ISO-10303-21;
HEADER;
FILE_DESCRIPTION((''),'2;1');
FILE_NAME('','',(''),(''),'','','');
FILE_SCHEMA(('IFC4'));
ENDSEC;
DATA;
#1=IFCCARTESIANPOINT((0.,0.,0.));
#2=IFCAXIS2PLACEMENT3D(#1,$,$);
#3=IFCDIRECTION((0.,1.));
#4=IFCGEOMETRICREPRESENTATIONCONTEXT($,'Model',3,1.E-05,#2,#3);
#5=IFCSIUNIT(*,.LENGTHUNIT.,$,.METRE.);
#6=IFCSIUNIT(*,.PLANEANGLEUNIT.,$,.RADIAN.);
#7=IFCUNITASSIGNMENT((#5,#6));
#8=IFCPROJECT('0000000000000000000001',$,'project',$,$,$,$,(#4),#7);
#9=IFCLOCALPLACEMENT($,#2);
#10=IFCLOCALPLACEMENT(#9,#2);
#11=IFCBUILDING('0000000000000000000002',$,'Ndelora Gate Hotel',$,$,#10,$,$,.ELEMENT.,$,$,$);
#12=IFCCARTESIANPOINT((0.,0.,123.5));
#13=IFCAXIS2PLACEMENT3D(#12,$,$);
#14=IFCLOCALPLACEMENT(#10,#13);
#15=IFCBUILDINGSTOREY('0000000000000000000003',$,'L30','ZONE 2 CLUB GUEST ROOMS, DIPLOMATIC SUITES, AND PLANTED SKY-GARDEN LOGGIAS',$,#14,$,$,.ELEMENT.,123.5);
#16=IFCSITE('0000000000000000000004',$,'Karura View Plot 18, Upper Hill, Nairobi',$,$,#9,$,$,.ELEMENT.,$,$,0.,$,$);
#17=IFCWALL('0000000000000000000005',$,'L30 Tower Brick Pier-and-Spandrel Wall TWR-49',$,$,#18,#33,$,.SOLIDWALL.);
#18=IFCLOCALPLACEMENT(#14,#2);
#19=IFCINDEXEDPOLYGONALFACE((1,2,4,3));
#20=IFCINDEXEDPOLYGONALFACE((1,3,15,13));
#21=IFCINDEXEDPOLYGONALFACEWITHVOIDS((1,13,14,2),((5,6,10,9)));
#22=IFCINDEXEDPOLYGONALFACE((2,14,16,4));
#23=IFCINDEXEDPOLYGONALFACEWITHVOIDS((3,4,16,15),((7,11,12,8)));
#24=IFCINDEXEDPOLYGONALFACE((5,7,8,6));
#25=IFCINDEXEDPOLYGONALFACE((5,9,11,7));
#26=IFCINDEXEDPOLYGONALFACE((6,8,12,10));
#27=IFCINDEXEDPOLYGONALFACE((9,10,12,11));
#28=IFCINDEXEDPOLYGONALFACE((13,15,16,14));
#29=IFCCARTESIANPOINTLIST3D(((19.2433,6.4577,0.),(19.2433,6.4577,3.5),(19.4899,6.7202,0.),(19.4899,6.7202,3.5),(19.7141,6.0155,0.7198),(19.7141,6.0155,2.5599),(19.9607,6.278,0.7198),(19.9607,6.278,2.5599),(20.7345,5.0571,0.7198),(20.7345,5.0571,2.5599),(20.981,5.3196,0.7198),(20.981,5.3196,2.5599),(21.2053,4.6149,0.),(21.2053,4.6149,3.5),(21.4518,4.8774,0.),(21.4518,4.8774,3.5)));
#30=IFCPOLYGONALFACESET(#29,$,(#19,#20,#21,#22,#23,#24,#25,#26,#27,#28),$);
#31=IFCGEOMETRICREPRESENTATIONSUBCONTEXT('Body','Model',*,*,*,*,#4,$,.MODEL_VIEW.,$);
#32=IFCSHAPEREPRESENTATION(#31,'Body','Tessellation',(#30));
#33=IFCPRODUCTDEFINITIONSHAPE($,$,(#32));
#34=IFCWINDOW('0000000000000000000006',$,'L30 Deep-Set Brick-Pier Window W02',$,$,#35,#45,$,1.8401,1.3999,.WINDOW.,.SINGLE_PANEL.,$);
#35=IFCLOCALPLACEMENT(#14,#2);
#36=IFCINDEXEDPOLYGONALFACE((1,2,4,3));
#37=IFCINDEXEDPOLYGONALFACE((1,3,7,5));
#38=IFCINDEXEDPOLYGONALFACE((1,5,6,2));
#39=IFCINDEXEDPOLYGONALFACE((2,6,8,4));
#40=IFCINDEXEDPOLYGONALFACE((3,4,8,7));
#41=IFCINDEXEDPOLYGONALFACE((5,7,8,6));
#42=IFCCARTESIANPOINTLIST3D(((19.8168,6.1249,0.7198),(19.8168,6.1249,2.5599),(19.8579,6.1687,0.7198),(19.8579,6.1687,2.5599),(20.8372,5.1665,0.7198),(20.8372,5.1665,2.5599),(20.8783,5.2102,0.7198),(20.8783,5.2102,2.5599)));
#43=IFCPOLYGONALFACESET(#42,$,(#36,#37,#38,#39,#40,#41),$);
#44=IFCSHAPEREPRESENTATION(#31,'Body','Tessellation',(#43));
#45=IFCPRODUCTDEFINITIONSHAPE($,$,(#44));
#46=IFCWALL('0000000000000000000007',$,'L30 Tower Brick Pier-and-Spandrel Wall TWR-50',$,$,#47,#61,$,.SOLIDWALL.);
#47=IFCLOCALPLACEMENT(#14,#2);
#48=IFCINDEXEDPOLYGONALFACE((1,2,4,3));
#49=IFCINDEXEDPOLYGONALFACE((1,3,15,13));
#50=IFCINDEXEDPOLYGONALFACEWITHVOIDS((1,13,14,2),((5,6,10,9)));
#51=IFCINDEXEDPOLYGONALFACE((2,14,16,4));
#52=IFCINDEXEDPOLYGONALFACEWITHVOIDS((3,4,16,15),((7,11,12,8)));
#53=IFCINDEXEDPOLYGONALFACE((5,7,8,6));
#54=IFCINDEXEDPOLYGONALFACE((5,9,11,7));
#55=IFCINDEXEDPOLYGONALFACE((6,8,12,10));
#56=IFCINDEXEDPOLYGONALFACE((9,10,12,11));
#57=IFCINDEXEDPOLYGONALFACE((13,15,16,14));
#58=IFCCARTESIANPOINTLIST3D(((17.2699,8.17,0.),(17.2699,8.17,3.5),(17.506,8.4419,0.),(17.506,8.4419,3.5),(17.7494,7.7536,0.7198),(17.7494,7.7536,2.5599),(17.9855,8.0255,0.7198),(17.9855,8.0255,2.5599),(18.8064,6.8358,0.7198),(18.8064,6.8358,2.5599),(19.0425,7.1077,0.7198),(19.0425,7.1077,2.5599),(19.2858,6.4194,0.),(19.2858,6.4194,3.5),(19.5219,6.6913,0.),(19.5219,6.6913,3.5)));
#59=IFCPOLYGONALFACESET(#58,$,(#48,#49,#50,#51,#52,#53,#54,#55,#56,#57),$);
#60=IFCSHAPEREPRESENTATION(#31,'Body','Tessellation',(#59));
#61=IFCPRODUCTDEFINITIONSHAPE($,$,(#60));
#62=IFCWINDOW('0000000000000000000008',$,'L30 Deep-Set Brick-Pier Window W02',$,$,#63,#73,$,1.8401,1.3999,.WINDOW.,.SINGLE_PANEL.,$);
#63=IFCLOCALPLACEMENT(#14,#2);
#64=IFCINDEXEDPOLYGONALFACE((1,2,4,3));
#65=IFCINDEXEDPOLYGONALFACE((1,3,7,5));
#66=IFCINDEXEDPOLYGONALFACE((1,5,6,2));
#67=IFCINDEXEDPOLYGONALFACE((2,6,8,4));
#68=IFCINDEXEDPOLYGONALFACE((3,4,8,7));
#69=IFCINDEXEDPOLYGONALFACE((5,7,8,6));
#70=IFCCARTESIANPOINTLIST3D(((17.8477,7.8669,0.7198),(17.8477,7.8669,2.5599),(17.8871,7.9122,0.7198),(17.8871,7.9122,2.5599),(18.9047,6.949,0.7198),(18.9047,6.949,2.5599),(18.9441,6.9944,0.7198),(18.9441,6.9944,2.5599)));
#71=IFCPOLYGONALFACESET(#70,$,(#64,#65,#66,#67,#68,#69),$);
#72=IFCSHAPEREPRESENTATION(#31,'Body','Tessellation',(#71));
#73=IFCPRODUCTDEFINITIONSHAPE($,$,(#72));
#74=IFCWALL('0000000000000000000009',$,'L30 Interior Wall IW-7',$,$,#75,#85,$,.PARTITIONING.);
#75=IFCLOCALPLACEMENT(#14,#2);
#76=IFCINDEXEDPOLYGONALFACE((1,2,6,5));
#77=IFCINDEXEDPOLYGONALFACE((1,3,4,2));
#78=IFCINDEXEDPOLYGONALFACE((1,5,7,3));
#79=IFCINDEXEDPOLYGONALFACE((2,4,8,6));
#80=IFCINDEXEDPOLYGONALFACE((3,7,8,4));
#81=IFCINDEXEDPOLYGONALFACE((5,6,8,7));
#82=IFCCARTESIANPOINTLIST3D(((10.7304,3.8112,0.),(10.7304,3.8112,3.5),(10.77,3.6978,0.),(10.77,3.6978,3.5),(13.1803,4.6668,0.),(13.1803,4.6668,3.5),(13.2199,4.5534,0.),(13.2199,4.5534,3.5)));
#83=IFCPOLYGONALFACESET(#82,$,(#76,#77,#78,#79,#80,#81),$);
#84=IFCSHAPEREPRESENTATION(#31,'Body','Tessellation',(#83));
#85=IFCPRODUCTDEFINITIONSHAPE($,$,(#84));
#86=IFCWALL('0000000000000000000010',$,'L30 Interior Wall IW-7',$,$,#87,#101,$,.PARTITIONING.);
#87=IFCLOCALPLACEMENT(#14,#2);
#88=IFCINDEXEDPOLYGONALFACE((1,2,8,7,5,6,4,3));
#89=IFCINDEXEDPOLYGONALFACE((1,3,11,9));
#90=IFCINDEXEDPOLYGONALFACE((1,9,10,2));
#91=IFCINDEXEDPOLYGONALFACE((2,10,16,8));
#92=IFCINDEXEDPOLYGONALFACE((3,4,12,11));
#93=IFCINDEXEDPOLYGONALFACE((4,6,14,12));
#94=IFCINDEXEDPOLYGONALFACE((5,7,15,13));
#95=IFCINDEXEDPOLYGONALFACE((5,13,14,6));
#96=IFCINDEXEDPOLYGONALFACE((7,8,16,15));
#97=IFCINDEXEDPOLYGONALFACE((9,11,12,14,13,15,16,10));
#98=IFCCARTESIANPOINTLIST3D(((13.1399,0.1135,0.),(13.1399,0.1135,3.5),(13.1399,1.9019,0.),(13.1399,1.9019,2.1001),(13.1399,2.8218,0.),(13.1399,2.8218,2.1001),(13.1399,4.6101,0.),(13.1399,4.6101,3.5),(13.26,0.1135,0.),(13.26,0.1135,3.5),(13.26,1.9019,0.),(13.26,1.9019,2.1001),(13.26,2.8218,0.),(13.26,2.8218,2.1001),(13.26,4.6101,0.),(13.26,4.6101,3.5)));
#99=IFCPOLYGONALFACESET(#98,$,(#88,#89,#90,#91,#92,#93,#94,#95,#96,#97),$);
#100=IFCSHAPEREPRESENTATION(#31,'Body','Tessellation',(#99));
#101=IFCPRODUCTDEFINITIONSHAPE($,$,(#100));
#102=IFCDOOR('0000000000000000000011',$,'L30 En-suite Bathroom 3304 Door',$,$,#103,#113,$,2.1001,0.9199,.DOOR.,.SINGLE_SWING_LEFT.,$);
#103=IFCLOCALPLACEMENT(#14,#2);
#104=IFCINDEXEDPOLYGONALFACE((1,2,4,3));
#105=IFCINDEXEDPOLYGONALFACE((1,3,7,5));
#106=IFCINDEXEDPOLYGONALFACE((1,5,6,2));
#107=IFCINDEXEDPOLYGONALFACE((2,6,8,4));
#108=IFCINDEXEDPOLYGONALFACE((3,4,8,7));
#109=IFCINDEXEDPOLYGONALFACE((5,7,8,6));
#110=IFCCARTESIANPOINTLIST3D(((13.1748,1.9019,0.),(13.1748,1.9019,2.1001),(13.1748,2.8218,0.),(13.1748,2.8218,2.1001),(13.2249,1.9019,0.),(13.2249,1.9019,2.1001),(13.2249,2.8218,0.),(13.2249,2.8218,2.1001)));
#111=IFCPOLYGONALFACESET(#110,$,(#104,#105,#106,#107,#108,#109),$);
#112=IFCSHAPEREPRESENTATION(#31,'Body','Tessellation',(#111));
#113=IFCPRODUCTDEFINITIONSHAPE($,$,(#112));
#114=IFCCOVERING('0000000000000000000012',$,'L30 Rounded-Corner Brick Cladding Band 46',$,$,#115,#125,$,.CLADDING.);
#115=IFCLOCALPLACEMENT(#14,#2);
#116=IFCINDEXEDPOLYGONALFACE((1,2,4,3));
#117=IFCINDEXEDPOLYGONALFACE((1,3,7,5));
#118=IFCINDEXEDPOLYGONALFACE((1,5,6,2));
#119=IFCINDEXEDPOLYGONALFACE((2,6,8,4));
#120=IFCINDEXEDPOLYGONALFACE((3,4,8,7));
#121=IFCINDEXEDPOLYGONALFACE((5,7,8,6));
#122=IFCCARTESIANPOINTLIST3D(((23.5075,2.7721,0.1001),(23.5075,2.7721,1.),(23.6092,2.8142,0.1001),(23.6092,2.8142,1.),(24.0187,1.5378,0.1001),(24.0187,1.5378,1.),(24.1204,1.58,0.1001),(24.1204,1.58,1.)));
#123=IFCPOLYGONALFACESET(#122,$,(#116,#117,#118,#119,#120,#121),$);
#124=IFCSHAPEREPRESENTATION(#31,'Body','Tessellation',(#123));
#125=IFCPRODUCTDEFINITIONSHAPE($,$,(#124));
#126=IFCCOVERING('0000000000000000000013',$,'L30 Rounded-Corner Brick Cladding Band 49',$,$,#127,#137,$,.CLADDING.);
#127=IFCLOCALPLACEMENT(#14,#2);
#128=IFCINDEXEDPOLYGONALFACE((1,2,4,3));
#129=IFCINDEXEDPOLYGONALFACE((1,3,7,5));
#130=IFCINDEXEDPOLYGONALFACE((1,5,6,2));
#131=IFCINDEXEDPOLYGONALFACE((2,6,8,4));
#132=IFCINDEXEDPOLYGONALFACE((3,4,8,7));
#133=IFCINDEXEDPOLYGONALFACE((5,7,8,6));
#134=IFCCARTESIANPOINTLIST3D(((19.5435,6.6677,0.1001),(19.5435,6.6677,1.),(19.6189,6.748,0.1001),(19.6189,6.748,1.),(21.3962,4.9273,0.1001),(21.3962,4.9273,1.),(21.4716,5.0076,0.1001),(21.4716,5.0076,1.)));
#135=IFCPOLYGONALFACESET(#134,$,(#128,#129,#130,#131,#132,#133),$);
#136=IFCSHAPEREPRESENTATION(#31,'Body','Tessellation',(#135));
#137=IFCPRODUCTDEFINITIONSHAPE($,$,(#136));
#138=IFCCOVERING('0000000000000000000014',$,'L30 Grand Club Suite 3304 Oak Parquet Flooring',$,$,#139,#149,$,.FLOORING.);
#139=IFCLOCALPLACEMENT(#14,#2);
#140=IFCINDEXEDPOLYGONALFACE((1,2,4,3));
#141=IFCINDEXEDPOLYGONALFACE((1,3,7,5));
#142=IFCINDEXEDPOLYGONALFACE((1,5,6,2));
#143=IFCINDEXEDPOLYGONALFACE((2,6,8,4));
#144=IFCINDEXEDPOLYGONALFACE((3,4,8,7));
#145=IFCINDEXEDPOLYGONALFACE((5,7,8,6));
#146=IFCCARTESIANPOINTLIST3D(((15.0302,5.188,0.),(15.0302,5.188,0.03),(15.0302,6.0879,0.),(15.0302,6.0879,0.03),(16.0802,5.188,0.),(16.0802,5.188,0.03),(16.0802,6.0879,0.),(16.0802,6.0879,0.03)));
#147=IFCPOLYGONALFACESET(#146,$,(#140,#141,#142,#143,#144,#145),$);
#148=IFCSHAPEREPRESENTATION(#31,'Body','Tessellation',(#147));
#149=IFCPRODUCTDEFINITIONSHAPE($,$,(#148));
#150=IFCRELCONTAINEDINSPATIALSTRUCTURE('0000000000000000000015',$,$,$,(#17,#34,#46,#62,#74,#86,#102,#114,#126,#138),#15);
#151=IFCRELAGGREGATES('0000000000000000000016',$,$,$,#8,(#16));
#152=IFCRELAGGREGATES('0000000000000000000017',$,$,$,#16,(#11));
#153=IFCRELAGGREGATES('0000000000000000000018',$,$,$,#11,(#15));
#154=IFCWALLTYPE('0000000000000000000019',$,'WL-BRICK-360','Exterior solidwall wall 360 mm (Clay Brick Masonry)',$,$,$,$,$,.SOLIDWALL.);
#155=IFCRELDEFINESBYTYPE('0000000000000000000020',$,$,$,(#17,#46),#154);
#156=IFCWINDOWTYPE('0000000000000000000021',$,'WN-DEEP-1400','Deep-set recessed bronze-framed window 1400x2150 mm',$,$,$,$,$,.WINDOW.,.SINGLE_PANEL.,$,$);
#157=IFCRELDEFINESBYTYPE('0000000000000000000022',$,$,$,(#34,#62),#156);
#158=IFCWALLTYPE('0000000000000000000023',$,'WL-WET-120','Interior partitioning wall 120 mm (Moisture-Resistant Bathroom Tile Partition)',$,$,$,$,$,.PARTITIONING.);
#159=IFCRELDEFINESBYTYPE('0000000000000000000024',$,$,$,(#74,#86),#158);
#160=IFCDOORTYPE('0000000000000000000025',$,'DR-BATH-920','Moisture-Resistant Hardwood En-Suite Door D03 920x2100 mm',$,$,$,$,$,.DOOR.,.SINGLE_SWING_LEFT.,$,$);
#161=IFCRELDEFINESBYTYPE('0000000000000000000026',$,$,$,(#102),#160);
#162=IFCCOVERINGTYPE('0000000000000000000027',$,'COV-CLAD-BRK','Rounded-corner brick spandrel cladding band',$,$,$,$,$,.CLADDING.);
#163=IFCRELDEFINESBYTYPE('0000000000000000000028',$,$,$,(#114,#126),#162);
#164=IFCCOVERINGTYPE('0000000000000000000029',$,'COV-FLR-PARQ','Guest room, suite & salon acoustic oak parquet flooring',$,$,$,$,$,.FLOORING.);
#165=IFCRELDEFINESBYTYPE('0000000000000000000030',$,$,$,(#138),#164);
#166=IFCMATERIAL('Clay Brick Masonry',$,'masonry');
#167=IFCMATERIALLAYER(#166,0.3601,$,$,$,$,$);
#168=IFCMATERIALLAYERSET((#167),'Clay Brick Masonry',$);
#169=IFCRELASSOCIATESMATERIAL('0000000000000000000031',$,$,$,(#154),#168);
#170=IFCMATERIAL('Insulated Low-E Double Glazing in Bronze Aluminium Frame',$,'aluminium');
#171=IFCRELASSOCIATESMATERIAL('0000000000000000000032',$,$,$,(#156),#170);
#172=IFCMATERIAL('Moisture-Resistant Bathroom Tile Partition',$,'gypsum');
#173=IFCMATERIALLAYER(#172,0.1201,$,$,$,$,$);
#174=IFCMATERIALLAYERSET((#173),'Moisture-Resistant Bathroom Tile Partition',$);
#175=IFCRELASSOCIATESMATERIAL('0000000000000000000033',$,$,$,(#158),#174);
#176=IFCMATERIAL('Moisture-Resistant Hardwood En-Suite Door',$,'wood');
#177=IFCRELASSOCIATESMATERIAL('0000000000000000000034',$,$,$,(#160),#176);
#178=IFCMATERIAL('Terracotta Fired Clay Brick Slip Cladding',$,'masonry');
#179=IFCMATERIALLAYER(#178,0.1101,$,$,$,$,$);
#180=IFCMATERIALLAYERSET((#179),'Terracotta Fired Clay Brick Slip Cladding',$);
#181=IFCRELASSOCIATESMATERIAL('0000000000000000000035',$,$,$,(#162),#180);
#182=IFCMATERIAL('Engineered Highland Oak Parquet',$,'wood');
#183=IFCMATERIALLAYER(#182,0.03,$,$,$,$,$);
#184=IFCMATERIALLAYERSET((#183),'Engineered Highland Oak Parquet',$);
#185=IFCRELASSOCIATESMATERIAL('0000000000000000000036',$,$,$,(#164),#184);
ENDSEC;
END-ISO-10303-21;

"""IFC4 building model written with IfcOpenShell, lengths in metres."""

from ifc_helpers import new_model, si_unit, direction, frame, frame_2d, origin, origin_2d, place, context, subcontext, project, spatial, rectangle, extrude, material, layer, layer_set, type_object, element, fill, save


model = new_model("IFC4")

# Units and contexts
model_context = context("Model", 3, precision=1e-05, world=origin(), true_north=direction((0.0, 1.0)))
body_context = subcontext(model_context, "Body", "Model", "MODEL_VIEW")
ifc_project = project(units=[si_unit("LENGTHUNIT", "METRE"), si_unit("PLANEANGLEUNIT", "RADIAN")], contexts=[model_context])

# Site, building, storey
site_placement = place(None, origin())
site = spatial("IfcSite", under=ifc_project, at=site_placement, Name="Karura View Plot 18, Upper Hill, Nairobi", CompositionType="ELEMENT", RefElevation=0.0)
building_placement = place(site_placement, origin())
building = spatial("IfcBuilding", under=site, at=building_placement, Name="Ndelora Gate Hotel", CompositionType="ELEMENT")
storey_placement = place(building_placement, frame((0.0, 0.0, 123.5)))
storey = spatial("IfcBuildingStorey", under=building, at=storey_placement, Name="L30", Description="ZONE 2 CLUB GUEST ROOMS, DIPLOMATIC SUITES, AND PLANTED SKY-GARDEN LOGGIAS", CompositionType="ELEMENT", Elevation=123.5)

# Shared definitions
ifc_material_1 = material(Name="Clay Brick Masonry", Category="masonry")
ifc_layer_1 = layer(ifc_material_1, 0.3601)
ifc_layer_set_1 = layer_set([ifc_layer_1], Name="Clay Brick Masonry")
wall_type_1 = type_object("IfcWallType", Name="WL-BRICK-360", Description="Exterior solidwall wall 360 mm (Clay Brick Masonry)", PredefinedType="SOLIDWALL", material=ifc_layer_set_1)

# Walls, openings, windows
wall_1_placement = place(storey_placement, frame((19.3667, 6.5889, 0.0), z_axis=(0.0, 0.0, 1.0), x_axis=(0.728892, -0.684629, 0.0)))
wall_1 = element("IfcWall", 1, at=wall_1_placement, inside=storey, type_object=wall_type_1, Name="L30 Tower Brick Pier-and-Spandrel Wall TWR-49", PredefinedType="SOLIDWALL", context=body_context, shape_type="SweptSolid", body=[
    extrude(rectangle(XDim=2.6917, YDim=0.3601, at=frame_2d((1.3457, 0.0))), origin(), (0.0, 0.0, 1.0), 3.5),
])
opening_1_placement = place(wall_1_placement, frame((0.6458, 0.0, 0.72)))
opening_1 = element("IfcOpeningElement", 2, at=opening_1_placement, cuts=wall_1, PredefinedType="OPENING", context=body_context, shape_type="SweptSolid", body=[
    extrude(rectangle(XDim=1.3999, YDim=1.8401, at=frame_2d((0.7, 0.9199))), frame((0.0, 0.1899, 0.0), z_axis=(0.0, -1.0, 0.0), x_axis=(1.0, 0.0, 0.0)), (0.0, 0.0, 1.0), 0.3801),
])
ifc_material_2 = material(Name="Insulated Low-E Double Glazing in Bronze Aluminium Frame", Category="aluminium")
window_type = type_object("IfcWindowType", Name="WN-DEEP-1400", Description="Deep-set recessed bronze-framed window 1400x2150 mm", PartitioningType="SINGLE_PANEL", PredefinedType="WINDOW", material=ifc_material_2)
window_1_placement = place(opening_1_placement, origin())
window_1 = element("IfcWindow", 3, at=window_1_placement, inside=storey, type_object=window_type, Name="L30 Deep-Set Brick-Pier Window W02", OverallHeight=1.8401, OverallWidth=1.3999, PartitioningType="SINGLE_PANEL", PredefinedType="WINDOW", context=body_context, shape_type="SweptSolid", body=[
    extrude(rectangle(XDim=1.3999, YDim=1.8401, at=frame_2d((0.7, 0.9199))), frame((0.0, 0.03, 0.0), z_axis=(0.0, -1.0, 0.0), x_axis=(1.0, 0.0, 0.0)), (0.0, 0.0, 1.0), 0.0601),
])
fill(opening_1, window_1)
wall_2_placement = place(storey_placement, frame((17.3879, 8.3059, 0.0), z_axis=(0.0, 0.0, 1.0), x_axis=(0.755058, -0.655658, 0.0)))
wall_2 = element("IfcWall", 4, at=wall_2_placement, inside=storey, type_object=wall_type_1, Name="L30 Tower Brick Pier-and-Spandrel Wall TWR-50", PredefinedType="SOLIDWALL", context=body_context, shape_type="SweptSolid", body=[
    extrude(rectangle(XDim=2.6699, YDim=0.3601, at=frame_2d((1.335, 0.0))), origin(), (0.0, 0.0, 1.0), 3.5),
])
opening_2_placement = place(wall_2_placement, frame((0.635, 0.0, 0.72)))
opening_2 = element("IfcOpeningElement", 5, at=opening_2_placement, cuts=wall_2, PredefinedType="OPENING", context=body_context, shape_type="SweptSolid", body=[
    extrude(rectangle(XDim=1.3999, YDim=1.8401, at=frame_2d((0.7, 0.9199))), frame((0.0, 0.1899, 0.0), z_axis=(0.0, -1.0, 0.0), x_axis=(1.0, 0.0, 0.0)), (0.0, 0.0, 1.0), 0.3801),
])
window_2_placement = place(opening_2_placement, origin())
window_2 = element("IfcWindow", 6, at=window_2_placement, inside=storey, type_object=window_type, Name="L30 Deep-Set Brick-Pier Window W02", OverallHeight=1.8401, OverallWidth=1.3999, PartitioningType="SINGLE_PANEL", PredefinedType="WINDOW", context=body_context, shape_type="SweptSolid", body=[
    extrude(rectangle(XDim=1.3999, YDim=1.8401, at=frame_2d((0.7, 0.9199))), frame((0.0, 0.03, 0.0), z_axis=(0.0, -1.0, 0.0), x_axis=(1.0, 0.0, 0.0)), (0.0, 0.0, 1.0), 0.0601),
])
fill(opening_2, window_2)

# Wall
ifc_material_3 = material(Name="Moisture-Resistant Bathroom Tile Partition", Category="gypsum")
ifc_layer_2 = layer(ifc_material_3, 0.1201)
ifc_layer_set_2 = layer_set([ifc_layer_2], Name="Moisture-Resistant Bathroom Tile Partition")
wall_type_2 = type_object("IfcWallType", Name="WL-WET-120", Description="Interior partitioning wall 120 mm (Moisture-Resistant Bathroom Tile Partition)", PredefinedType="PARTITIONING", material=ifc_layer_set_2)
wall_3_placement = place(storey_placement, frame((13.2, 4.6101, 0.0), z_axis=(0.0, 0.0, 1.0), x_axis=(-0.944071, -0.329743, 0.0)))
element("IfcWall", 7, at=wall_3_placement, inside=storey, type_object=wall_type_2, Name="L30 Interior Wall IW-7", PredefinedType="PARTITIONING", context=body_context, shape_type="SweptSolid", body=[
    extrude(rectangle(XDim=2.595, YDim=0.1201, at=frame_2d((1.2974, 0.0))), origin(), (0.0, 0.0, 1.0), 3.5),
])

# Wall, opening, door
wall_4_placement = place(storey_placement, frame((13.2, 4.6101, 0.0), z_axis=(0.0, 0.0, 1.0), x_axis=(0.0, -1.0, 0.0)))
wall_4 = element("IfcWall", 8, at=wall_4_placement, inside=storey, type_object=wall_type_2, Name="L30 Interior Wall IW-7", PredefinedType="PARTITIONING", context=body_context, shape_type="SweptSolid", body=[
    extrude(rectangle(XDim=4.4966, YDim=0.1201, at=frame_2d((2.2483, 0.0))), origin(), (0.0, 0.0, 1.0), 3.5),
])
opening_3_placement = place(wall_4_placement, frame((1.7883, 0.0, 0.0)))
opening_3 = element("IfcOpeningElement", 9, at=opening_3_placement, cuts=wall_4, PredefinedType="OPENING", context=body_context, shape_type="SweptSolid", body=[
    extrude(rectangle(XDim=0.9199, YDim=2.1001, at=frame_2d((0.46, 1.05))), frame((0.0, 0.0701, 0.0), z_axis=(0.0, -1.0, 0.0), x_axis=(1.0, 0.0, 0.0)), (0.0, 0.0, 1.0), 0.1401),
])
ifc_material_4 = material(Name="Moisture-Resistant Hardwood En-Suite Door", Category="wood")
door_type = type_object("IfcDoorType", Name="DR-BATH-920", Description="Moisture-Resistant Hardwood En-Suite Door D03 920x2100 mm", OperationType="SINGLE_SWING_LEFT", PredefinedType="DOOR", material=ifc_material_4)
door_placement = place(opening_3_placement, origin())
door = element("IfcDoor", 10, at=door_placement, inside=storey, type_object=door_type, Name="L30 En-suite Bathroom 3304 Door", OperationType="SINGLE_SWING_LEFT", OverallHeight=2.1001, OverallWidth=0.9199, PredefinedType="DOOR", context=body_context, shape_type="SweptSolid", body=[
    extrude(rectangle(XDim=0.9199, YDim=2.1001, at=frame_2d((0.46, 1.05))), frame((0.0, 0.0249, 0.0), z_axis=(0.0, -1.0, 0.0), x_axis=(1.0, 0.0, 0.0)), (0.0, 0.0, 1.0), 0.05),
])
fill(opening_3, door)

# Coverings
ifc_material_5 = material(Name="Terracotta Fired Clay Brick Slip Cladding", Category="masonry")
ifc_layer_3 = layer(ifc_material_5, 0.1101)
ifc_layer_set_3 = layer_set([ifc_layer_3], Name="Terracotta Fired Clay Brick Slip Cladding")
covering_type_1 = type_object("IfcCoveringType", Name="COV-CLAD-BRK", Description="Rounded-corner brick spandrel cladding band", PredefinedType="CLADDING", material=ifc_layer_set_3)
covering_1_placement = place(storey_placement, frame((23.814, 2.176, 0.1001), z_axis=(0.0, 0.0, 1.0), x_axis=(-0.382683, 0.92388, 0.0)))
element("IfcCovering", 11, at=covering_1_placement, inside=storey, type_object=covering_type_1, Name="L30 Rounded-Corner Brick Cladding Band 46", PredefinedType="CLADDING", context=body_context, shape_type="SweptSolid", body=[
    extrude(rectangle(XDim=1.3359, YDim=0.1101, at=origin_2d()), origin(), (0.0, 0.0, 1.0), 0.8999),
])
covering_2_placement = place(storey_placement, frame((20.5076, 5.8376, 0.1001), z_axis=(0.0, 0.0, 1.0), x_axis=(-0.728849, 0.684674, 0.0)))
element("IfcCovering", 12, at=covering_2_placement, inside=storey, type_object=covering_type_1, Name="L30 Rounded-Corner Brick Cladding Band 49", PredefinedType="CLADDING", context=body_context, shape_type="SweptSolid", body=[
    extrude(rectangle(XDim=2.542, YDim=0.1101, at=origin_2d()), origin(), (0.0, 0.0, 1.0), 0.8999),
])
ifc_material_6 = material(Name="Engineered Highland Oak Parquet", Category="wood")
ifc_layer_4 = layer(ifc_material_6, 0.03)
ifc_layer_set_4 = layer_set([ifc_layer_4], Name="Engineered Highland Oak Parquet")
covering_type_2 = type_object("IfcCoveringType", Name="COV-FLR-PARQ", Description="Guest room, suite & salon acoustic oak parquet flooring", PredefinedType="FLOORING", material=ifc_layer_set_4)
covering_3_placement = place(storey_placement, frame((15.5552, 5.6379, 0.0), z_axis=(0.0, 0.0, 1.0), x_axis=(1.0, 0.0, 0.0)))
element("IfcCovering", 13, at=covering_3_placement, inside=storey, type_object=covering_type_2, Name="L30 Grand Club Suite 3304 Oak Parquet Flooring", PredefinedType="FLOORING", context=body_context, shape_type="SweptSolid", body=[
    extrude(rectangle(XDim=1.05, YDim=0.8999, at=origin_2d()), origin(), (0.0, 0.0, 1.0), 0.03),
])

save(model, "model.ifc")
